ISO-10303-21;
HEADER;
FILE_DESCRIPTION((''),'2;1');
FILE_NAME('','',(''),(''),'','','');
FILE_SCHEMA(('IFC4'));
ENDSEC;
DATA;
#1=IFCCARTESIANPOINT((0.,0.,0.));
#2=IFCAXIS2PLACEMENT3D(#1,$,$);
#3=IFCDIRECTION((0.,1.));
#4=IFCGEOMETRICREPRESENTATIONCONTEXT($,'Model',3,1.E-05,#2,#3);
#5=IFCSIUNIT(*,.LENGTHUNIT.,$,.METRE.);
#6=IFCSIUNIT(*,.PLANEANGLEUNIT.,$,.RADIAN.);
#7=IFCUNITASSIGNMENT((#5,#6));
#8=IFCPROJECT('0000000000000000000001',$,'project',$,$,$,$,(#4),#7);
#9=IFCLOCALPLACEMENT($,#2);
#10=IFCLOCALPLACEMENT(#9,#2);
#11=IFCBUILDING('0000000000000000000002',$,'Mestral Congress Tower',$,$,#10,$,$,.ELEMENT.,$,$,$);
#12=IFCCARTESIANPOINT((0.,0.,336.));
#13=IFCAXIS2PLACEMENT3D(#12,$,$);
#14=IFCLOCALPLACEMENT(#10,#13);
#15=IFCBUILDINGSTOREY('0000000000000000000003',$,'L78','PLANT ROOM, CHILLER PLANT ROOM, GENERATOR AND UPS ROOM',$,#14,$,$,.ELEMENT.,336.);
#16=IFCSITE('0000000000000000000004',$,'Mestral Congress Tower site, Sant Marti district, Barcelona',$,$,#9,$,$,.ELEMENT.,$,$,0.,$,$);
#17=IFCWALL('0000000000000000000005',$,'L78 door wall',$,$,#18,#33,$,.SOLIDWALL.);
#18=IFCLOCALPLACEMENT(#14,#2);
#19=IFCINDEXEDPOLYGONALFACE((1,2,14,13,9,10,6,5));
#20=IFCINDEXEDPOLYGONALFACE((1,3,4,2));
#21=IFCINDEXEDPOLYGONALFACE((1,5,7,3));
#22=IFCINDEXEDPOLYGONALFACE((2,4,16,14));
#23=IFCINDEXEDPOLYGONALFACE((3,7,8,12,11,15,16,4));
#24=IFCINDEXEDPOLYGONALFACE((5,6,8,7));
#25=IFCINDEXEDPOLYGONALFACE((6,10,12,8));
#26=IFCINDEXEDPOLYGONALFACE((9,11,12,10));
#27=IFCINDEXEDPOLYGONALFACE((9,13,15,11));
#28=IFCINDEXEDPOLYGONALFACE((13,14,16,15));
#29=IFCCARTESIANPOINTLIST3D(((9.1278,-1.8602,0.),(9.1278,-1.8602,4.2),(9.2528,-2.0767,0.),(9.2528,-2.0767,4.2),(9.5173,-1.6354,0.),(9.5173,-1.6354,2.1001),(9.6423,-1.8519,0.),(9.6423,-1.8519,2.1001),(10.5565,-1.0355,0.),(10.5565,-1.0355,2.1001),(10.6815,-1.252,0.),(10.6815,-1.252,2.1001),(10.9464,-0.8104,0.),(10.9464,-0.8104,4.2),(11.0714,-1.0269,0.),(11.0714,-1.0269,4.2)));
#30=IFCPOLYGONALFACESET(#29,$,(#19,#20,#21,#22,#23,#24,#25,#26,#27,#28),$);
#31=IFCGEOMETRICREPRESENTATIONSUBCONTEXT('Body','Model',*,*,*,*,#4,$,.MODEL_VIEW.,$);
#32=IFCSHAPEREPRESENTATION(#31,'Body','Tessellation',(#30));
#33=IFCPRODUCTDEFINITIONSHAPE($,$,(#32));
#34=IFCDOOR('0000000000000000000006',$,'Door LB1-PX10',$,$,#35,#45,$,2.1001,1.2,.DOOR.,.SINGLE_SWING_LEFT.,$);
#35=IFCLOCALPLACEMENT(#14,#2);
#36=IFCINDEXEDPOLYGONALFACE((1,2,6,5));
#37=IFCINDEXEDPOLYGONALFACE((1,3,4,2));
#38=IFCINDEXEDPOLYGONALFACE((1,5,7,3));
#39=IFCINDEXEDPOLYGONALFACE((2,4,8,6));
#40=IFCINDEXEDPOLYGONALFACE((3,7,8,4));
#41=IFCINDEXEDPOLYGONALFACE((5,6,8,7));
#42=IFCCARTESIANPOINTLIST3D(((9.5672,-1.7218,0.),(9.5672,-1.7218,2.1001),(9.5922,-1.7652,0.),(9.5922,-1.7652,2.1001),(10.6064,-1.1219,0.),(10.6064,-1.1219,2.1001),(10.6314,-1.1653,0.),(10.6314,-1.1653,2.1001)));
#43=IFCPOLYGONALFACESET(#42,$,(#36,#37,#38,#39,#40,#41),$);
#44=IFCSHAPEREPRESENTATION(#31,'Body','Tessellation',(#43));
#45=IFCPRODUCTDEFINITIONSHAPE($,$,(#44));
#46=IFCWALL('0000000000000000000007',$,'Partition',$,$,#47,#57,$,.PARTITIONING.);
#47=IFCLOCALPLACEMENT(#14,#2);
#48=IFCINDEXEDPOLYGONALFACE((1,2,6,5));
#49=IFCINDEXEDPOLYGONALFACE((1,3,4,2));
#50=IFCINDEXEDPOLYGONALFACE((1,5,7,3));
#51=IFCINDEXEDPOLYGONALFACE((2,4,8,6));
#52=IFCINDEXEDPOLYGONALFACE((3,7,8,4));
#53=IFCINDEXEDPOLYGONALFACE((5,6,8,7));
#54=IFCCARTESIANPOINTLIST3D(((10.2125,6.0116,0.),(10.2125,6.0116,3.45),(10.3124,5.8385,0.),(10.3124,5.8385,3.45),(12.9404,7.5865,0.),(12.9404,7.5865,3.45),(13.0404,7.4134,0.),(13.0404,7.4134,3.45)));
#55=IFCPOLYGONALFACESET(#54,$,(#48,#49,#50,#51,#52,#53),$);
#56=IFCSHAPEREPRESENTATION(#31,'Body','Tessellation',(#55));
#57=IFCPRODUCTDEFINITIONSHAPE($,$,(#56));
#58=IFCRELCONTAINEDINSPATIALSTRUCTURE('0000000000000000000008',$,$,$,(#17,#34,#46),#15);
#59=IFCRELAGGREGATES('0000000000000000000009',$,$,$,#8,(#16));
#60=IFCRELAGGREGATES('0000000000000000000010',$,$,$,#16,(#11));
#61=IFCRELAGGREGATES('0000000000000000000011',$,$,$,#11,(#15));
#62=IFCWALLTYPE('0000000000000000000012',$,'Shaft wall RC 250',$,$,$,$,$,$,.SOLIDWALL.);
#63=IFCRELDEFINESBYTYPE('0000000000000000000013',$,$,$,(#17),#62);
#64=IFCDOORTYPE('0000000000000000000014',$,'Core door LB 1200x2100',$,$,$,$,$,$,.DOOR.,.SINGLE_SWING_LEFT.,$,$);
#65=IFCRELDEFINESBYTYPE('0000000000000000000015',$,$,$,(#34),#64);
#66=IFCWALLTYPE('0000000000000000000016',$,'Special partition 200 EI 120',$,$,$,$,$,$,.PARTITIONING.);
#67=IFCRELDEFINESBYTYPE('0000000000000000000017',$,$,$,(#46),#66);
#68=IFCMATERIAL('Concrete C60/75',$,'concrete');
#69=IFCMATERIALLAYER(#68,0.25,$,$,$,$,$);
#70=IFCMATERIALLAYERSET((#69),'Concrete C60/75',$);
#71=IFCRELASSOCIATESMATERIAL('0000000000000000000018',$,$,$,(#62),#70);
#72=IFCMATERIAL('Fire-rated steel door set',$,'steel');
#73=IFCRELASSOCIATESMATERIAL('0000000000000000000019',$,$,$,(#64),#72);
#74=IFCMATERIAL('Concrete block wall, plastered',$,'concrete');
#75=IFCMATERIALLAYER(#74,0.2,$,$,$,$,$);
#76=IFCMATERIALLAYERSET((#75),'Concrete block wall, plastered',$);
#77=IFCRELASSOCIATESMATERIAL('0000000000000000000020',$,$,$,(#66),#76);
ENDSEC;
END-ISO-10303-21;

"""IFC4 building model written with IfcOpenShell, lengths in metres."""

from ifc_helpers import new_model, si_unit, direction, frame, frame_2d, origin, place, context, subcontext, project, spatial, rectangle, extrude, material, layer, layer_set, type_object, element, fill, save


model = new_model("IFC4")

# Units and contexts
model_context = context("Model", 3, precision=1e-05, world=origin(), true_north=direction((0.0, 1.0)))
body_context = subcontext(model_context, "Body", "Model", "MODEL_VIEW")
ifc_project = project(units=[si_unit("LENGTHUNIT", "METRE"), si_unit("PLANEANGLEUNIT", "RADIAN")], contexts=[model_context])

# Site, building, storey
site_placement = place(None, origin())
site = spatial("IfcSite", under=ifc_project, at=site_placement, Name="Mestral Congress Tower site, Sant Marti district, Barcelona", CompositionType="ELEMENT", RefElevation=0.0)
building_placement = place(site_placement, origin())
building = spatial("IfcBuilding", under=site, at=building_placement, Name="Mestral Congress Tower", CompositionType="ELEMENT")
storey_placement = place(building_placement, frame((0.0, 0.0, 336.0)))
storey = spatial("IfcBuildingStorey", under=building, at=storey_placement, Name="L78", Description="PLANT ROOM, CHILLER PLANT ROOM, GENERATOR AND UPS ROOM", CompositionType="ELEMENT", Elevation=336.0)

# Shared definitions
ifc_material_1 = material(Name="Concrete C60/75", Category="concrete")
ifc_layer_1 = layer(ifc_material_1, 0.25)
ifc_layer_set_1 = layer_set([ifc_layer_1], Name="Concrete C60/75")
wall_type_1 = type_object("IfcWallType", Name="Shaft wall RC 250", PredefinedType="SOLIDWALL", material=ifc_layer_set_1)

# Wall, opening, door
wall_1_placement = place(storey_placement, frame((11.0088, -0.9187, 0.0), z_axis=(0.0, 0.0, 1.0), x_axis=(-0.86606, -0.499941, 0.0)))
wall_1 = element("IfcWall", 1, at=wall_1_placement, inside=storey, type_object=wall_type_1, Name="L78 door wall", PredefinedType="SOLIDWALL", context=body_context, shape_type="SweptSolid", body=[
    extrude(rectangle(XDim=2.0999, YDim=0.25, at=frame_2d((1.0498, 0.0))), origin(), (0.0, 0.0, 1.0), 4.2),
])
opening_placement = place(wall_1_placement, frame((0.45, 0.0, 0.0)))
opening = element("IfcOpeningElement", 2, at=opening_placement, cuts=wall_1, PredefinedType="OPENING", context=body_context, shape_type="SweptSolid", body=[
    extrude(rectangle(XDim=1.2, YDim=2.1001, at=frame_2d((0.6001, 1.05))), frame((0.0, 0.135, 0.0), z_axis=(0.0, -1.0, 0.0), x_axis=(1.0, 0.0, 0.0)), (0.0, 0.0, 1.0), 0.27),
])
ifc_material_2 = material(Name="Fire-rated steel door set", Category="steel")
door_type = type_object("IfcDoorType", Name="Core door LB 1200x2100", OperationType="SINGLE_SWING_LEFT", PredefinedType="DOOR", material=ifc_material_2)
door_placement = place(opening_placement, origin())
door = element("IfcDoor", 3, at=door_placement, inside=storey, type_object=door_type, Name="Door LB1-PX10", OperationType="SINGLE_SWING_LEFT", OverallHeight=2.1001, OverallWidth=1.2, PredefinedType="DOOR", context=body_context, shape_type="SweptSolid", body=[
    extrude(rectangle(XDim=1.2, YDim=2.1001, at=frame_2d((0.6001, 1.05))), frame((0.0, 0.0249, 0.0), z_axis=(0.0, -1.0, 0.0), x_axis=(1.0, 0.0, 0.0)), (0.0, 0.0, 1.0), 0.05),
])
fill(opening, door)

# Wall
ifc_material_3 = material(Name="Concrete block wall, plastered", Category="concrete")
ifc_layer_2 = layer(ifc_material_3, 0.2)
ifc_layer_set_2 = layer_set([ifc_layer_2], Name="Concrete block wall, plastered")
wall_type_2 = type_object("IfcWallType", Name="Special partition 200 EI 120", PredefinedType="PARTITIONING", material=ifc_layer_set_2)
wall_2_placement = place(storey_placement, frame((10.2625, 5.925, 0.0), z_axis=(0.0, 0.0, 1.0), x_axis=(0.866036, 0.499982, 0.0)))
element("IfcWall", 4, at=wall_2_placement, inside=storey, type_object=wall_type_2, Name="Partition", PredefinedType="PARTITIONING", context=body_context, shape_type="SweptSolid", body=[
    extrude(rectangle(XDim=3.1499, YDim=0.2, at=frame_2d((1.575, 0.0))), origin(), (0.0, 0.0, 1.0), 3.45),
])

save(model, "model.ifc")
